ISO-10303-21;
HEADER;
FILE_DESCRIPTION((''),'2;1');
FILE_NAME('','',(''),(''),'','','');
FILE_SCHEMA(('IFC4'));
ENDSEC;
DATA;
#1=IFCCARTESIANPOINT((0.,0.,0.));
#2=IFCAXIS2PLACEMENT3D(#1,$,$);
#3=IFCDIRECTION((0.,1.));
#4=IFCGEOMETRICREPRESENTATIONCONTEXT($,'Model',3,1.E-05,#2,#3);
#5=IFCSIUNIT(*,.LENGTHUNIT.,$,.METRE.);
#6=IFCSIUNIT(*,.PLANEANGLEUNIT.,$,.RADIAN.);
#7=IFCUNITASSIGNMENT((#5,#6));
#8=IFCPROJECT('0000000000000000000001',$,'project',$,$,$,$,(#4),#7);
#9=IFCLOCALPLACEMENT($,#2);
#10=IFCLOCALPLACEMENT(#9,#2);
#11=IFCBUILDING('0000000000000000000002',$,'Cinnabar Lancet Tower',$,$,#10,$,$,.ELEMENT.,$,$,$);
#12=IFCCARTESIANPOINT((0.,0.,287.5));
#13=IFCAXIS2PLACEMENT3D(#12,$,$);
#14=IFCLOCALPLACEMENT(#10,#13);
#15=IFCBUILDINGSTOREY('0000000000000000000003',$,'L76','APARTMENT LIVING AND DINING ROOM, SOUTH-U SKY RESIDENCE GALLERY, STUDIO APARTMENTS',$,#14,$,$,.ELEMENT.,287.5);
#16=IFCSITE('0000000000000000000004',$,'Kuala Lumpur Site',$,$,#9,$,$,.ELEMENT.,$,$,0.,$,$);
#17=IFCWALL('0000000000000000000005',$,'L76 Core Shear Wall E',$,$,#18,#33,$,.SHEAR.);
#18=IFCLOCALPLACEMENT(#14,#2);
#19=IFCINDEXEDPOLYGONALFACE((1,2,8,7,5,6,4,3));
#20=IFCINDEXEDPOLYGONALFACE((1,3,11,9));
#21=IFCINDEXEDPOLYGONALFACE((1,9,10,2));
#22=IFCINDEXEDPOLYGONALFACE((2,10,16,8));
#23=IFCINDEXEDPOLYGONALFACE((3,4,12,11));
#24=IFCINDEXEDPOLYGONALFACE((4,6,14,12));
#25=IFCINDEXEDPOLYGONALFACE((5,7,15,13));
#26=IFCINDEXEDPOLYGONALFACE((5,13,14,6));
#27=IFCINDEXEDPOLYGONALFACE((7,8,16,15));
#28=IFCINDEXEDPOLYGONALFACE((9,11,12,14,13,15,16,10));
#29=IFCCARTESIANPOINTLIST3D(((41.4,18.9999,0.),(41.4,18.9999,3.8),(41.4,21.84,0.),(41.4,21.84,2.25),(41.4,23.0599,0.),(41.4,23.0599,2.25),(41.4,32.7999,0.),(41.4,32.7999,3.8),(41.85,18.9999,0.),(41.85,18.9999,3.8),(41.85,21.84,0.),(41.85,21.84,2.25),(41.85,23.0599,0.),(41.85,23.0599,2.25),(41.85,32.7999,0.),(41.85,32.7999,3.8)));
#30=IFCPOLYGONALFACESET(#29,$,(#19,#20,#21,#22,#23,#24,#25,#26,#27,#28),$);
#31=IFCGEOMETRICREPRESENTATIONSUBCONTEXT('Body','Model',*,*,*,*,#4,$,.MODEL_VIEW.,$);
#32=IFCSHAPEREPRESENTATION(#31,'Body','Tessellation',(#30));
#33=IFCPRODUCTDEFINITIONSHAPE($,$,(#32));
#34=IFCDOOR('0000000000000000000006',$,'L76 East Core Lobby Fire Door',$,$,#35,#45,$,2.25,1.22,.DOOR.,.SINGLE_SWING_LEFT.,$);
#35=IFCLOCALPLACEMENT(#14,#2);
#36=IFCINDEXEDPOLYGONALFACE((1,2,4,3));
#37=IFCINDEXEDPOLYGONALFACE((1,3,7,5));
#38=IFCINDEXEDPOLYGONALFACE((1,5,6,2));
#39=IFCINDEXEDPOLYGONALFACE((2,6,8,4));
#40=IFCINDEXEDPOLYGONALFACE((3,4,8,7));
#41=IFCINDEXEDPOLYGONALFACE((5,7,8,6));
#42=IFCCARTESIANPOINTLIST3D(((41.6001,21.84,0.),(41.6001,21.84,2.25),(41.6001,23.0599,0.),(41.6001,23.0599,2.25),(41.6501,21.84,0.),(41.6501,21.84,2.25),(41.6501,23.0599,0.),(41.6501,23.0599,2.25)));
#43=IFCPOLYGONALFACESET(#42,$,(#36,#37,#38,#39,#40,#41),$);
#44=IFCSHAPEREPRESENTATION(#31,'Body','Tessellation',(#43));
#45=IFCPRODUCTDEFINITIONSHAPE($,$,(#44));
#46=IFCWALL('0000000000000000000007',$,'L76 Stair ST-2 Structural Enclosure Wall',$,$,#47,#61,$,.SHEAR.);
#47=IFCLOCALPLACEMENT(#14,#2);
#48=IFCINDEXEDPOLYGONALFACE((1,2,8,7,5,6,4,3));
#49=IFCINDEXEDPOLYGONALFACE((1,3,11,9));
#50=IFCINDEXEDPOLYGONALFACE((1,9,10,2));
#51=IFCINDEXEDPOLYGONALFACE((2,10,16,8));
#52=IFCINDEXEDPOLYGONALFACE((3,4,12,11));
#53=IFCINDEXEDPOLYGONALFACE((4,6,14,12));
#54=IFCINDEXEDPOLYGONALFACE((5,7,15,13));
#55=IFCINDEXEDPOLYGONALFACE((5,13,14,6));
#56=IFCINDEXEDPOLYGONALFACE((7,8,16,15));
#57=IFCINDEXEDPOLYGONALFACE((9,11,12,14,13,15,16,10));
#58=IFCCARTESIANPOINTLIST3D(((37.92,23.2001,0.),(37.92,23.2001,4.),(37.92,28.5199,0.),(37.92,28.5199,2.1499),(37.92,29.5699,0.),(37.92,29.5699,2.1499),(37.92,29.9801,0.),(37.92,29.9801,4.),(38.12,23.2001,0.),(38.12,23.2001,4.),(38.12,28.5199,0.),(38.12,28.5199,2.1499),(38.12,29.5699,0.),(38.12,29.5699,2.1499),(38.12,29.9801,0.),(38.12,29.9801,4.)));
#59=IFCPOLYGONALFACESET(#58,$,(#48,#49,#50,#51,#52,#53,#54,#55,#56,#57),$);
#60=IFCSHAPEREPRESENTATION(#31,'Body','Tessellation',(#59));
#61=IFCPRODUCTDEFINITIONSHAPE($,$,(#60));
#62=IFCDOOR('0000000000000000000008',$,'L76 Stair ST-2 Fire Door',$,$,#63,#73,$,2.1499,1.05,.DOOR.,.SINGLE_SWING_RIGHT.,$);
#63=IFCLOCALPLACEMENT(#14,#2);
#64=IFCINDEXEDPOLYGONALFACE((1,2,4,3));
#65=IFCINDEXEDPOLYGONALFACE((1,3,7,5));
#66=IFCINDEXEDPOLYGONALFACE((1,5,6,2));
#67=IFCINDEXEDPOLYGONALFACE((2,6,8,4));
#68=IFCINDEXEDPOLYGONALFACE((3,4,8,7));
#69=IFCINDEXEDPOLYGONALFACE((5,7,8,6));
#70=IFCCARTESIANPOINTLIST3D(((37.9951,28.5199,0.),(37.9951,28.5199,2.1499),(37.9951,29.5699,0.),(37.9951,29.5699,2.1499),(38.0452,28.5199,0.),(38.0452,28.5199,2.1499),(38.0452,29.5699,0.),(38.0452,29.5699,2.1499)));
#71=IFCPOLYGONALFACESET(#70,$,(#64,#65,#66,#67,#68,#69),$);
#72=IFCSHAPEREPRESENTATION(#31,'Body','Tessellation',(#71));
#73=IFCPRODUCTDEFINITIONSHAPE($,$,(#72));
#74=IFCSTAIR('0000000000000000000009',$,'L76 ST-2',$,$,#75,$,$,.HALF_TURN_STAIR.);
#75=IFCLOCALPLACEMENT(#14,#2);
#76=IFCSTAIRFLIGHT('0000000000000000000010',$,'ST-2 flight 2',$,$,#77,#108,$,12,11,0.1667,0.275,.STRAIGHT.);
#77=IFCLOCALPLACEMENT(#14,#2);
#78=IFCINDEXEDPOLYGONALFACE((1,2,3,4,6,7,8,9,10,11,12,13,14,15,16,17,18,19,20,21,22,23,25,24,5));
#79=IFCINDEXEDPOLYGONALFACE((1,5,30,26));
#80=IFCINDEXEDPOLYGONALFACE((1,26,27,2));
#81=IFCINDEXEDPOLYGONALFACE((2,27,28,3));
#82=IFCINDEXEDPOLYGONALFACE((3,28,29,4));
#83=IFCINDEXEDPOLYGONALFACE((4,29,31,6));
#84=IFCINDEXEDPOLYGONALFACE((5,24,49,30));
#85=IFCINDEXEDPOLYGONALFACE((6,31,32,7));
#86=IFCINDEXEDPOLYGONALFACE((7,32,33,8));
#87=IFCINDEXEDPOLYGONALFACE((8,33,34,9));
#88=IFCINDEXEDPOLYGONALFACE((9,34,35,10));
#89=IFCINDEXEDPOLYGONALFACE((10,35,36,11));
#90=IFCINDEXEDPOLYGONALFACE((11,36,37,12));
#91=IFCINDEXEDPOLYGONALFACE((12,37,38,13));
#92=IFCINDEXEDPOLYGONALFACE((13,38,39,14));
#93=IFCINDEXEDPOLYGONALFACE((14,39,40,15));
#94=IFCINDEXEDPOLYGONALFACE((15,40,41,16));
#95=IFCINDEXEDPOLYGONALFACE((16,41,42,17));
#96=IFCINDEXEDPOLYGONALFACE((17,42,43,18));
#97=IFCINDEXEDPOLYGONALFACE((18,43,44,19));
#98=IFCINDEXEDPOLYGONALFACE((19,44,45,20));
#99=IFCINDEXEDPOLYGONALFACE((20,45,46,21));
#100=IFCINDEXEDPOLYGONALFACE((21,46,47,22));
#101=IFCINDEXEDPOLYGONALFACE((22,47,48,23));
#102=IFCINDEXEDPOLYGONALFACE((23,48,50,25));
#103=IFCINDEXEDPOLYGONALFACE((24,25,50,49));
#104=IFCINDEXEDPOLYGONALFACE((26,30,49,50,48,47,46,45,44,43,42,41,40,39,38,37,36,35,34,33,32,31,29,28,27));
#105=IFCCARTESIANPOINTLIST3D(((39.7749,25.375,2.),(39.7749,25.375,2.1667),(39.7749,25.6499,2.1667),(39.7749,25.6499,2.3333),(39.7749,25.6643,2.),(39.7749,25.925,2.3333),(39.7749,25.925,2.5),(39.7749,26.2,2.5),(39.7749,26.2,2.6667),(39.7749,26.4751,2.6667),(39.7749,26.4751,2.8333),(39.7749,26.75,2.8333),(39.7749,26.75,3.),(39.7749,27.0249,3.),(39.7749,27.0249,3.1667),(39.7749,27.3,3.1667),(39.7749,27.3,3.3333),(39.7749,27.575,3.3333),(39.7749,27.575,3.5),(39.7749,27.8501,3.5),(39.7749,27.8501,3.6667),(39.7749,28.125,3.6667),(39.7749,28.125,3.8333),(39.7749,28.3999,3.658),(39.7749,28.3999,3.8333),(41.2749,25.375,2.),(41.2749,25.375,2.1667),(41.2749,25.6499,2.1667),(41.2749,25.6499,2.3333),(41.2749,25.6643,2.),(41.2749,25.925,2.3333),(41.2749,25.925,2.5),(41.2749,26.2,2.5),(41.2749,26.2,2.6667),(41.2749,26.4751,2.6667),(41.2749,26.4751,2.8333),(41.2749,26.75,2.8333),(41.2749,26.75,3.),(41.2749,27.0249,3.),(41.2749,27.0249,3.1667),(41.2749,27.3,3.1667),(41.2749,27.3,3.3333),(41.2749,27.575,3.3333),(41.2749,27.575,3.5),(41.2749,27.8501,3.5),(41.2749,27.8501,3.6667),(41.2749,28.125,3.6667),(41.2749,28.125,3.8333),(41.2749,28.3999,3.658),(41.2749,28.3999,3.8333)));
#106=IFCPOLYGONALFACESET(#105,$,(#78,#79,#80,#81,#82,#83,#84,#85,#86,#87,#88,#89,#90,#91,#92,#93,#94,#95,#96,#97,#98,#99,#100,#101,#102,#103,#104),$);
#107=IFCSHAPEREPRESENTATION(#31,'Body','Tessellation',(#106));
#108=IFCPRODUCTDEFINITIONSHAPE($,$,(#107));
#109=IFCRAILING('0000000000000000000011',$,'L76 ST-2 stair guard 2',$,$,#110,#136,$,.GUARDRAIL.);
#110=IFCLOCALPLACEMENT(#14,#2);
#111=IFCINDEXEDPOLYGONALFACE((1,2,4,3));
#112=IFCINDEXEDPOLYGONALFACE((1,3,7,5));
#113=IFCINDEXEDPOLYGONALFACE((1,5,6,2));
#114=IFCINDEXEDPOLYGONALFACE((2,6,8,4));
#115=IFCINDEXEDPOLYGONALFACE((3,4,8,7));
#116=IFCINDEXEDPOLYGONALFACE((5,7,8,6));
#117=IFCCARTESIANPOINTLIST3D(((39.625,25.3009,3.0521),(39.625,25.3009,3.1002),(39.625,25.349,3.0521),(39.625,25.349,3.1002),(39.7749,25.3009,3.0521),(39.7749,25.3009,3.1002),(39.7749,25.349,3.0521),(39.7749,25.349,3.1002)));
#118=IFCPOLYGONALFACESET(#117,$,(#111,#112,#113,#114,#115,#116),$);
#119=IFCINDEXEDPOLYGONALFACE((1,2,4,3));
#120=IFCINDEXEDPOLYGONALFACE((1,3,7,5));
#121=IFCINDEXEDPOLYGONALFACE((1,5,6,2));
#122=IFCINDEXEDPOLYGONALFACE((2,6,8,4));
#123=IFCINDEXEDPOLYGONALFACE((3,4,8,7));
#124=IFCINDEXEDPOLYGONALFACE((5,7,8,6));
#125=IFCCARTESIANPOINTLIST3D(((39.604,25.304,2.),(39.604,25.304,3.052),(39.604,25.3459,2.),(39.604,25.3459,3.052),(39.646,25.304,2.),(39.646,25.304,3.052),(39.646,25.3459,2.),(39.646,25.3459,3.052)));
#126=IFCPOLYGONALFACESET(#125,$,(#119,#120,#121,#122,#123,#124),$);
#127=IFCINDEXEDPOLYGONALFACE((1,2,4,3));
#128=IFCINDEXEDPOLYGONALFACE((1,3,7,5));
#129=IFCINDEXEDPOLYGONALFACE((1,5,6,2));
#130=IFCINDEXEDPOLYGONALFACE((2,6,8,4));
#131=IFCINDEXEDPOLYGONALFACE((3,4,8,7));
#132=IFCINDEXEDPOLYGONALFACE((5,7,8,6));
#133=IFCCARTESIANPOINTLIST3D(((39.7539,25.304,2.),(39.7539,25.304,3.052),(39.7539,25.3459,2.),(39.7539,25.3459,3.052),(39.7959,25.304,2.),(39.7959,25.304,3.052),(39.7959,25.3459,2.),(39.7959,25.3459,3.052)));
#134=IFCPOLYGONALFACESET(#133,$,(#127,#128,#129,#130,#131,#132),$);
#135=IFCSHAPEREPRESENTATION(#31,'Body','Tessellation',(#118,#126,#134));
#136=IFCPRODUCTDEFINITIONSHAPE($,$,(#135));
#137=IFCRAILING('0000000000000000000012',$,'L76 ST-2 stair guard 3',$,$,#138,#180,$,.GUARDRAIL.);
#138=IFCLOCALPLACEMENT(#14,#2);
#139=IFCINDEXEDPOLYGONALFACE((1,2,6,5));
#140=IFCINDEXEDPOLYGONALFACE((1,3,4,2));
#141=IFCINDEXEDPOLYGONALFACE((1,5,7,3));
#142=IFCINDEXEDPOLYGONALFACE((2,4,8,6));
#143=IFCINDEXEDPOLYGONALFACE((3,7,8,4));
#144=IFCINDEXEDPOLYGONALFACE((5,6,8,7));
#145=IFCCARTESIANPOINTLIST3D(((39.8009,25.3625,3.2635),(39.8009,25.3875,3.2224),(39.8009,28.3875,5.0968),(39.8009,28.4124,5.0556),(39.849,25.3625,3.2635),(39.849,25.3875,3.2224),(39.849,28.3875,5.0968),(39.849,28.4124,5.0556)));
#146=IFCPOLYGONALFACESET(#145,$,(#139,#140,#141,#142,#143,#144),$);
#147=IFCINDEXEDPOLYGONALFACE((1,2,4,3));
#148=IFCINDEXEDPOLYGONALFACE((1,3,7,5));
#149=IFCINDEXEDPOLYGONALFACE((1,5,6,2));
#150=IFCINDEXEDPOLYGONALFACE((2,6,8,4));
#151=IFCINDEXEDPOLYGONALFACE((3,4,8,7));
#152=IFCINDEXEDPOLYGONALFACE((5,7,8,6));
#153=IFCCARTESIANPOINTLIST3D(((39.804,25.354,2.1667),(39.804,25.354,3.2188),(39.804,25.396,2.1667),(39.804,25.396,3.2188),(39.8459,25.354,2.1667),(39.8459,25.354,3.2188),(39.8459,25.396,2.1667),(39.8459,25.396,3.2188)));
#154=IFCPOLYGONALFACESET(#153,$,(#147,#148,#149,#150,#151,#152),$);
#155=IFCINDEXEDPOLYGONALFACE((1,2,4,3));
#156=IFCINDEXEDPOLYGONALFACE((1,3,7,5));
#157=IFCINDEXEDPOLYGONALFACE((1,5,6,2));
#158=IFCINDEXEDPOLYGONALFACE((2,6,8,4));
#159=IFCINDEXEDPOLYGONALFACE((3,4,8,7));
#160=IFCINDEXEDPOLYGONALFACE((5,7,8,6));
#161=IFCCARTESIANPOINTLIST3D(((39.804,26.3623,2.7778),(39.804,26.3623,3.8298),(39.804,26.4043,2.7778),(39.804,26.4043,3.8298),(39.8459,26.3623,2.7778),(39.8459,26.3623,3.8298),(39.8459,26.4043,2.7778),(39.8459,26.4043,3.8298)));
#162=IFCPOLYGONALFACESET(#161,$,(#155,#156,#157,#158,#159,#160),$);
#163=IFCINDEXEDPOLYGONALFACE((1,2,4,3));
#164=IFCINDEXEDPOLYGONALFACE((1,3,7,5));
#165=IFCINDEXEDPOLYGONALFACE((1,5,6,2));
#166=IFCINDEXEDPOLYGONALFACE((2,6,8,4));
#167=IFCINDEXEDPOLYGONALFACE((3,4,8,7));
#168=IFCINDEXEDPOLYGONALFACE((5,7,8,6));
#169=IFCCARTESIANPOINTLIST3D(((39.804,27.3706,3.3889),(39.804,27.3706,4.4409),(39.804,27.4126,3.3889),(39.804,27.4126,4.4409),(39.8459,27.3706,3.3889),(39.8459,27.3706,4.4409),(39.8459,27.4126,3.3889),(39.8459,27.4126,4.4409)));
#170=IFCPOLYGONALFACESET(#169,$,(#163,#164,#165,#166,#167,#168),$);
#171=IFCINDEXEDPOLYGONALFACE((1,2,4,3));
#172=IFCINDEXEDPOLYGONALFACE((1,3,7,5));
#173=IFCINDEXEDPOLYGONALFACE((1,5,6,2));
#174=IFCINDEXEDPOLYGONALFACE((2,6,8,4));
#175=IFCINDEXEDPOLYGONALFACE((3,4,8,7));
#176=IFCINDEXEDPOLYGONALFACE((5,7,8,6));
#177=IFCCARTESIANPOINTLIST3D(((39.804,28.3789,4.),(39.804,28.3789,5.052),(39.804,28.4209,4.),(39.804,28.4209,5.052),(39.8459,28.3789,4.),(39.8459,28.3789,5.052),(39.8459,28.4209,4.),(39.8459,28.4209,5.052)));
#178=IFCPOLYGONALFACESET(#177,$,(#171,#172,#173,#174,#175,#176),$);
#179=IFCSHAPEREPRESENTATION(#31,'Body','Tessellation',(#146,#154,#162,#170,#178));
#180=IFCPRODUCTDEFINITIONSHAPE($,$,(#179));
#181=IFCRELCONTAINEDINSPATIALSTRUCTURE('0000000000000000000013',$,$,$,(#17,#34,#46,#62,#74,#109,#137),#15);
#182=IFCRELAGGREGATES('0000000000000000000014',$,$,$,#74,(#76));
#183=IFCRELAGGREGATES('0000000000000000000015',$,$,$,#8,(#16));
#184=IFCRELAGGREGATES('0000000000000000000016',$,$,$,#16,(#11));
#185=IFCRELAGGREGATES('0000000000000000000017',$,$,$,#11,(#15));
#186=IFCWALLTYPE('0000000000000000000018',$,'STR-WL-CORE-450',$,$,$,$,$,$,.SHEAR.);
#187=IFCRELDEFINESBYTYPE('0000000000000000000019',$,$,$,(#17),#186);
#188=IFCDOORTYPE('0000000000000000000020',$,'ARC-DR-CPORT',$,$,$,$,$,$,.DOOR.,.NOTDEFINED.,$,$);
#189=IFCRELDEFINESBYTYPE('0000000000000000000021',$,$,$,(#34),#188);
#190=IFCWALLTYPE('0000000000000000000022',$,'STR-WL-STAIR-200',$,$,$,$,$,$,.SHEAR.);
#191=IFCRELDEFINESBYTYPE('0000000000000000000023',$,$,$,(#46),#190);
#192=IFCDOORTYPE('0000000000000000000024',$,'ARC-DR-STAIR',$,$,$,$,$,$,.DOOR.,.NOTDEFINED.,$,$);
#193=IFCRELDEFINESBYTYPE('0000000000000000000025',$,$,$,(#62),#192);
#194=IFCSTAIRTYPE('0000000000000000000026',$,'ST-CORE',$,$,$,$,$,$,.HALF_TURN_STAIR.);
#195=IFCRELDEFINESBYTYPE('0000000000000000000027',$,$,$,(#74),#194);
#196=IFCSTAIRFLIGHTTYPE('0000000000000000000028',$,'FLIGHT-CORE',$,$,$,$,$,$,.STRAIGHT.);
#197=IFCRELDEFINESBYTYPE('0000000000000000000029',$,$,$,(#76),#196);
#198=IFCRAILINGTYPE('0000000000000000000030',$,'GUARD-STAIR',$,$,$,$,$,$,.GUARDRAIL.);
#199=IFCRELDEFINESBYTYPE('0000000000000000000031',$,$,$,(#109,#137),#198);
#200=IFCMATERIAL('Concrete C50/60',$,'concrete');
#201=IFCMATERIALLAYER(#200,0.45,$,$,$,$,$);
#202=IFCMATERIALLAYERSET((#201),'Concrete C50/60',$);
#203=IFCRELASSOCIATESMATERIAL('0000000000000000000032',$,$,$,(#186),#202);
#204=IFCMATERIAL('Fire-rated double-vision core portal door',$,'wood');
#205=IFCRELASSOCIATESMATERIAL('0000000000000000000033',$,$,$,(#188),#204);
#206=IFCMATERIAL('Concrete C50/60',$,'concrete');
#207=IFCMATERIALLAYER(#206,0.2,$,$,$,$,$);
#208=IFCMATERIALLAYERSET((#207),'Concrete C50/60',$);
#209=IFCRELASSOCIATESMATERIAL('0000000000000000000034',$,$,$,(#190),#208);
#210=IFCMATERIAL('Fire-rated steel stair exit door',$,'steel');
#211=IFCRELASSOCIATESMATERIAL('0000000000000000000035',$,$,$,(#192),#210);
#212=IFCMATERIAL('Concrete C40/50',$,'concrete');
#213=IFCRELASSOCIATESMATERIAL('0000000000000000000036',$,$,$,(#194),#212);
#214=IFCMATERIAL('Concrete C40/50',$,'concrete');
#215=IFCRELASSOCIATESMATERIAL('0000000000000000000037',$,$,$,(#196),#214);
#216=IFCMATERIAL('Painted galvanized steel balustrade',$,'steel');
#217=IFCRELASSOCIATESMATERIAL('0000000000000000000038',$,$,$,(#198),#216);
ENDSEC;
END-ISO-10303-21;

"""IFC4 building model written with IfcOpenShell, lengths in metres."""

from ifc_helpers import new_model, si_unit, direction, frame, frame_2d, origin, origin_2d, place, context, subcontext, project, spatial, polyline, rectangle, outline, extrude, material, layer, layer_set, type_object, element, fill, aggregate, save


model = new_model("IFC4")

# Units and contexts
model_context = context("Model", 3, precision=1e-05, world=origin(), true_north=direction((0.0, 1.0)))
body_context = subcontext(model_context, "Body", "Model", "MODEL_VIEW")
ifc_project = project(units=[si_unit("LENGTHUNIT", "METRE"), si_unit("PLANEANGLEUNIT", "RADIAN")], contexts=[model_context])

# Site, building, storey
site_placement = place(None, origin())
site = spatial("IfcSite", under=ifc_project, at=site_placement, Name="Kuala Lumpur Site", CompositionType="ELEMENT", RefElevation=0.0)
building_placement = place(site_placement, origin())
building = spatial("IfcBuilding", under=site, at=building_placement, Name="Cinnabar Lancet Tower", CompositionType="ELEMENT")
storey_placement = place(building_placement, frame((0.0, 0.0, 287.5)))
storey = spatial("IfcBuildingStorey", under=building, at=storey_placement, Name="L76", Description="APARTMENT LIVING AND DINING ROOM, SOUTH-U SKY RESIDENCE GALLERY, STUDIO APARTMENTS", CompositionType="ELEMENT", Elevation=287.5)

# Walls, openings, doors
ifc_material_1 = material(Name="Concrete C50/60", Category="concrete")
ifc_layer_1 = layer(ifc_material_1, 0.45)
ifc_layer_set_1 = layer_set([ifc_layer_1], Name="Concrete C50/60")
wall_type_1 = type_object("IfcWallType", Name="STR-WL-CORE-450", PredefinedType="SHEAR", material=ifc_layer_set_1)
wall_1_placement = place(storey_placement, frame((41.625, 19.0, 0.0), z_axis=(0.0, 0.0, 1.0), x_axis=(0.0, 1.0, 0.0)))
wall_1 = element("IfcWall", 1, at=wall_1_placement, inside=storey, type_object=wall_type_1, Name="L76 Core Shear Wall E", PredefinedType="SHEAR", context=body_context, shape_type="SweptSolid", body=[
    extrude(rectangle(XDim=13.8, YDim=0.45, at=frame_2d((6.8999, 0.0))), origin(), (0.0, 0.0, 1.0), 3.8),
])
opening_1_placement = place(wall_1_placement, frame((2.8401, 0.0, 0.0)))
opening_1 = element("IfcOpeningElement", 2, at=opening_1_placement, cuts=wall_1, PredefinedType="OPENING", context=body_context, shape_type="SweptSolid", body=[
    extrude(rectangle(XDim=1.22, YDim=2.25, at=frame_2d((0.6099, 1.125))), frame((0.0, 0.2349, 0.0), z_axis=(0.0, -1.0, 0.0), x_axis=(1.0, 0.0, 0.0)), (0.0, 0.0, 1.0), 0.47),
])
ifc_material_2 = material(Name="Fire-rated double-vision core portal door", Category="wood")
door_type_1 = type_object("IfcDoorType", Name="ARC-DR-CPORT", OperationType="NOTDEFINED", PredefinedType="DOOR", material=ifc_material_2)
door_1_placement = place(opening_1_placement, origin())
door_1 = element("IfcDoor", 3, at=door_1_placement, inside=storey, type_object=door_type_1, Name="L76 East Core Lobby Fire Door", OperationType="SINGLE_SWING_LEFT", OverallHeight=2.25, OverallWidth=1.22, PredefinedType="DOOR", context=body_context, shape_type="SweptSolid", body=[
    extrude(rectangle(XDim=1.22, YDim=2.25, at=frame_2d((0.6099, 1.125))), frame((0.0, 0.0249, 0.0), z_axis=(0.0, -1.0, 0.0), x_axis=(1.0, 0.0, 0.0)), (0.0, 0.0, 1.0), 0.05),
])
fill(opening_1, door_1)
ifc_material_3 = material(Name="Concrete C50/60", Category="concrete")
ifc_layer_2 = layer(ifc_material_3, 0.2)
ifc_layer_set_2 = layer_set([ifc_layer_2], Name="Concrete C50/60")
wall_type_2 = type_object("IfcWallType", Name="STR-WL-STAIR-200", PredefinedType="SHEAR", material=ifc_layer_set_2)
wall_2_placement = place(storey_placement, frame((38.02, 23.2, 0.0), z_axis=(0.0, 0.0, 1.0), x_axis=(0.0, 1.0, 0.0)))
wall_2 = element("IfcWall", 4, at=wall_2_placement, inside=storey, type_object=wall_type_2, Name="L76 Stair ST-2 Structural Enclosure Wall", PredefinedType="SHEAR", context=body_context, shape_type="SweptSolid", body=[
    extrude(rectangle(XDim=6.78, YDim=0.2, at=frame_2d((3.3901, 0.0))), origin(), (0.0, 0.0, 1.0), 4.0),
])
opening_2_placement = place(wall_2_placement, frame((5.3201, 0.0, 0.0)))
opening_2 = element("IfcOpeningElement", 5, at=opening_2_placement, cuts=wall_2, PredefinedType="OPENING", context=body_context, shape_type="SweptSolid", body=[
    extrude(rectangle(XDim=1.05, YDim=2.1499, at=frame_2d((0.5249, 1.075))), frame((0.0, 0.1099, 0.0), z_axis=(0.0, -1.0, 0.0), x_axis=(1.0, 0.0, 0.0)), (0.0, 0.0, 1.0), 0.22),
])
ifc_material_4 = material(Name="Fire-rated steel stair exit door", Category="steel")
door_type_2 = type_object("IfcDoorType", Name="ARC-DR-STAIR", OperationType="NOTDEFINED", PredefinedType="DOOR", material=ifc_material_4)
door_2_placement = place(opening_2_placement, origin())
door_2 = element("IfcDoor", 6, at=door_2_placement, inside=storey, type_object=door_type_2, Name="L76 Stair ST-2 Fire Door", OperationType="SINGLE_SWING_RIGHT", OverallHeight=2.1499, OverallWidth=1.05, PredefinedType="DOOR", context=body_context, shape_type="SweptSolid", body=[
    extrude(rectangle(XDim=1.05, YDim=2.1499, at=frame_2d((0.5249, 1.075))), frame((0.0, 0.0249, 0.0), z_axis=(0.0, -1.0, 0.0), x_axis=(1.0, 0.0, 0.0)), (0.0, 0.0, 1.0), 0.05),
])
fill(opening_2, door_2)

# Stair, stair flight
ifc_material_5 = material(Name="Concrete C40/50", Category="concrete")
stair_type = type_object("IfcStairType", Name="ST-CORE", PredefinedType="HALF_TURN_STAIR", material=ifc_material_5)
stair_placement = place(storey_placement, origin())
stair = element("IfcStair", 7, at=stair_placement, inside=storey, type_object=stair_type, Name="L76 ST-2", PredefinedType="HALF_TURN_STAIR")
ifc_material_6 = material(Name="Concrete C40/50", Category="concrete")
stair_flight_type = type_object("IfcStairFlightType", Name="FLIGHT-CORE", PredefinedType="STRAIGHT", material=ifc_material_6)
stair_flight_placement = place(storey_placement, frame((40.5249, 25.375, 2.0), z_axis=(0.0, 0.0, 1.0), x_axis=(0.0, 1.0, 0.0)))
stair_flight = element("IfcStairFlight", 8, at=stair_flight_placement, type_object=stair_flight_type, Name="ST-2 flight 2", NumberOfRisers=12, NumberOfTreads=11, PredefinedType="STRAIGHT", RiserHeight=0.1667, TreadLength=0.275, context=body_context, shape_type="SweptSolid", body=[
    extrude(outline(polyline([(0.0, 0.0), (0.0, 0.1667), (0.2749, 0.1667), (0.2749, 0.3333), (0.55, 0.3333), (0.55, 0.5), (0.825, 0.5), (0.825, 0.6667), (1.1001, 0.6667), (1.1001, 0.8333), (1.375, 0.8333), (1.375, 1.0), (1.6499, 1.0), (1.6499, 1.1667), (1.925, 1.1667), (1.925, 1.3333), (2.2, 1.3333), (2.2, 1.5), (2.4751, 1.5), (2.4751, 1.6667), (2.75, 1.6667), (2.75, 1.8333), (3.0249, 1.8333), (3.0249, 2.0), (3.0249, 1.658), (0.2893, 0.0), (0.0, 0.0)])), frame((0.0, 0.75, 0.0), z_axis=(0.0, -1.0, 0.0), x_axis=(1.0, 0.0, 0.0)), (0.0, 0.0, 1.0), 1.5),
])
aggregate(stair, [stair_flight])

# Railings
ifc_material_7 = material(Name="Painted galvanized steel balustrade", Category="steel")
railing_type_1 = type_object("IfcRailingType", Name="GUARD-STAIR", PredefinedType="GUARDRAIL", material=ifc_material_7)
railing_1_placement = place(storey_placement, frame((39.625, 25.325, 2.0)))
element("IfcRailing", 9, at=railing_1_placement, inside=storey, type_object=railing_type_1, Name="L76 ST-2 stair guard 2", PredefinedType="GUARDRAIL", context=body_context, shape_type="SweptSolid", body=[
    extrude(rectangle(XDim=0.0481, YDim=0.0481, at=origin_2d()), frame((0.0, 0.0, 1.0762), z_axis=(1.0, 0.0, 0.0), x_axis=(0.0, 1.0, 0.0)), (0.0, 0.0, 1.0), 0.1499),
    extrude(rectangle(XDim=0.042, YDim=0.042, at=origin_2d()), origin(), (0.0, 0.0, 1.0), 1.052),
    extrude(rectangle(XDim=0.042, YDim=0.042, at=origin_2d()), frame((0.1499, 0.0, 0.0)), (0.0, 0.0, 1.0), 1.052),
])
railing_2_placement = place(storey_placement, frame((39.825, 25.375, 2.1667)))
element("IfcRailing", 10, at=railing_2_placement, inside=storey, type_object=railing_type_1, Name="L76 ST-2 stair guard 3", PredefinedType="GUARDRAIL", context=body_context, shape_type="SweptSolid", body=[
    extrude(rectangle(XDim=0.0481, YDim=0.0481, at=origin_2d()), frame((0.0, 0.0, 1.0762), z_axis=(0.0, 0.855201, 0.518297), x_axis=(-1.0, 0.0, 0.0)), (0.0, 0.0, 1.0), 3.5371),
    extrude(rectangle(XDim=0.042, YDim=0.042, at=origin_2d()), origin(), (0.0, 0.0, 1.0), 1.052),
    extrude(rectangle(XDim=0.042, YDim=0.042, at=origin_2d()), frame((0.0, 1.0083, 0.6111)), (0.0, 0.0, 1.0), 1.052),
    extrude(rectangle(XDim=0.042, YDim=0.042, at=origin_2d()), frame((0.0, 2.0166, 1.2222)), (0.0, 0.0, 1.0), 1.052),
    extrude(rectangle(XDim=0.042, YDim=0.042, at=origin_2d()), frame((0.0, 3.0249, 1.8333)), (0.0, 0.0, 1.0), 1.052),
])

save(model, "model.ifc")
